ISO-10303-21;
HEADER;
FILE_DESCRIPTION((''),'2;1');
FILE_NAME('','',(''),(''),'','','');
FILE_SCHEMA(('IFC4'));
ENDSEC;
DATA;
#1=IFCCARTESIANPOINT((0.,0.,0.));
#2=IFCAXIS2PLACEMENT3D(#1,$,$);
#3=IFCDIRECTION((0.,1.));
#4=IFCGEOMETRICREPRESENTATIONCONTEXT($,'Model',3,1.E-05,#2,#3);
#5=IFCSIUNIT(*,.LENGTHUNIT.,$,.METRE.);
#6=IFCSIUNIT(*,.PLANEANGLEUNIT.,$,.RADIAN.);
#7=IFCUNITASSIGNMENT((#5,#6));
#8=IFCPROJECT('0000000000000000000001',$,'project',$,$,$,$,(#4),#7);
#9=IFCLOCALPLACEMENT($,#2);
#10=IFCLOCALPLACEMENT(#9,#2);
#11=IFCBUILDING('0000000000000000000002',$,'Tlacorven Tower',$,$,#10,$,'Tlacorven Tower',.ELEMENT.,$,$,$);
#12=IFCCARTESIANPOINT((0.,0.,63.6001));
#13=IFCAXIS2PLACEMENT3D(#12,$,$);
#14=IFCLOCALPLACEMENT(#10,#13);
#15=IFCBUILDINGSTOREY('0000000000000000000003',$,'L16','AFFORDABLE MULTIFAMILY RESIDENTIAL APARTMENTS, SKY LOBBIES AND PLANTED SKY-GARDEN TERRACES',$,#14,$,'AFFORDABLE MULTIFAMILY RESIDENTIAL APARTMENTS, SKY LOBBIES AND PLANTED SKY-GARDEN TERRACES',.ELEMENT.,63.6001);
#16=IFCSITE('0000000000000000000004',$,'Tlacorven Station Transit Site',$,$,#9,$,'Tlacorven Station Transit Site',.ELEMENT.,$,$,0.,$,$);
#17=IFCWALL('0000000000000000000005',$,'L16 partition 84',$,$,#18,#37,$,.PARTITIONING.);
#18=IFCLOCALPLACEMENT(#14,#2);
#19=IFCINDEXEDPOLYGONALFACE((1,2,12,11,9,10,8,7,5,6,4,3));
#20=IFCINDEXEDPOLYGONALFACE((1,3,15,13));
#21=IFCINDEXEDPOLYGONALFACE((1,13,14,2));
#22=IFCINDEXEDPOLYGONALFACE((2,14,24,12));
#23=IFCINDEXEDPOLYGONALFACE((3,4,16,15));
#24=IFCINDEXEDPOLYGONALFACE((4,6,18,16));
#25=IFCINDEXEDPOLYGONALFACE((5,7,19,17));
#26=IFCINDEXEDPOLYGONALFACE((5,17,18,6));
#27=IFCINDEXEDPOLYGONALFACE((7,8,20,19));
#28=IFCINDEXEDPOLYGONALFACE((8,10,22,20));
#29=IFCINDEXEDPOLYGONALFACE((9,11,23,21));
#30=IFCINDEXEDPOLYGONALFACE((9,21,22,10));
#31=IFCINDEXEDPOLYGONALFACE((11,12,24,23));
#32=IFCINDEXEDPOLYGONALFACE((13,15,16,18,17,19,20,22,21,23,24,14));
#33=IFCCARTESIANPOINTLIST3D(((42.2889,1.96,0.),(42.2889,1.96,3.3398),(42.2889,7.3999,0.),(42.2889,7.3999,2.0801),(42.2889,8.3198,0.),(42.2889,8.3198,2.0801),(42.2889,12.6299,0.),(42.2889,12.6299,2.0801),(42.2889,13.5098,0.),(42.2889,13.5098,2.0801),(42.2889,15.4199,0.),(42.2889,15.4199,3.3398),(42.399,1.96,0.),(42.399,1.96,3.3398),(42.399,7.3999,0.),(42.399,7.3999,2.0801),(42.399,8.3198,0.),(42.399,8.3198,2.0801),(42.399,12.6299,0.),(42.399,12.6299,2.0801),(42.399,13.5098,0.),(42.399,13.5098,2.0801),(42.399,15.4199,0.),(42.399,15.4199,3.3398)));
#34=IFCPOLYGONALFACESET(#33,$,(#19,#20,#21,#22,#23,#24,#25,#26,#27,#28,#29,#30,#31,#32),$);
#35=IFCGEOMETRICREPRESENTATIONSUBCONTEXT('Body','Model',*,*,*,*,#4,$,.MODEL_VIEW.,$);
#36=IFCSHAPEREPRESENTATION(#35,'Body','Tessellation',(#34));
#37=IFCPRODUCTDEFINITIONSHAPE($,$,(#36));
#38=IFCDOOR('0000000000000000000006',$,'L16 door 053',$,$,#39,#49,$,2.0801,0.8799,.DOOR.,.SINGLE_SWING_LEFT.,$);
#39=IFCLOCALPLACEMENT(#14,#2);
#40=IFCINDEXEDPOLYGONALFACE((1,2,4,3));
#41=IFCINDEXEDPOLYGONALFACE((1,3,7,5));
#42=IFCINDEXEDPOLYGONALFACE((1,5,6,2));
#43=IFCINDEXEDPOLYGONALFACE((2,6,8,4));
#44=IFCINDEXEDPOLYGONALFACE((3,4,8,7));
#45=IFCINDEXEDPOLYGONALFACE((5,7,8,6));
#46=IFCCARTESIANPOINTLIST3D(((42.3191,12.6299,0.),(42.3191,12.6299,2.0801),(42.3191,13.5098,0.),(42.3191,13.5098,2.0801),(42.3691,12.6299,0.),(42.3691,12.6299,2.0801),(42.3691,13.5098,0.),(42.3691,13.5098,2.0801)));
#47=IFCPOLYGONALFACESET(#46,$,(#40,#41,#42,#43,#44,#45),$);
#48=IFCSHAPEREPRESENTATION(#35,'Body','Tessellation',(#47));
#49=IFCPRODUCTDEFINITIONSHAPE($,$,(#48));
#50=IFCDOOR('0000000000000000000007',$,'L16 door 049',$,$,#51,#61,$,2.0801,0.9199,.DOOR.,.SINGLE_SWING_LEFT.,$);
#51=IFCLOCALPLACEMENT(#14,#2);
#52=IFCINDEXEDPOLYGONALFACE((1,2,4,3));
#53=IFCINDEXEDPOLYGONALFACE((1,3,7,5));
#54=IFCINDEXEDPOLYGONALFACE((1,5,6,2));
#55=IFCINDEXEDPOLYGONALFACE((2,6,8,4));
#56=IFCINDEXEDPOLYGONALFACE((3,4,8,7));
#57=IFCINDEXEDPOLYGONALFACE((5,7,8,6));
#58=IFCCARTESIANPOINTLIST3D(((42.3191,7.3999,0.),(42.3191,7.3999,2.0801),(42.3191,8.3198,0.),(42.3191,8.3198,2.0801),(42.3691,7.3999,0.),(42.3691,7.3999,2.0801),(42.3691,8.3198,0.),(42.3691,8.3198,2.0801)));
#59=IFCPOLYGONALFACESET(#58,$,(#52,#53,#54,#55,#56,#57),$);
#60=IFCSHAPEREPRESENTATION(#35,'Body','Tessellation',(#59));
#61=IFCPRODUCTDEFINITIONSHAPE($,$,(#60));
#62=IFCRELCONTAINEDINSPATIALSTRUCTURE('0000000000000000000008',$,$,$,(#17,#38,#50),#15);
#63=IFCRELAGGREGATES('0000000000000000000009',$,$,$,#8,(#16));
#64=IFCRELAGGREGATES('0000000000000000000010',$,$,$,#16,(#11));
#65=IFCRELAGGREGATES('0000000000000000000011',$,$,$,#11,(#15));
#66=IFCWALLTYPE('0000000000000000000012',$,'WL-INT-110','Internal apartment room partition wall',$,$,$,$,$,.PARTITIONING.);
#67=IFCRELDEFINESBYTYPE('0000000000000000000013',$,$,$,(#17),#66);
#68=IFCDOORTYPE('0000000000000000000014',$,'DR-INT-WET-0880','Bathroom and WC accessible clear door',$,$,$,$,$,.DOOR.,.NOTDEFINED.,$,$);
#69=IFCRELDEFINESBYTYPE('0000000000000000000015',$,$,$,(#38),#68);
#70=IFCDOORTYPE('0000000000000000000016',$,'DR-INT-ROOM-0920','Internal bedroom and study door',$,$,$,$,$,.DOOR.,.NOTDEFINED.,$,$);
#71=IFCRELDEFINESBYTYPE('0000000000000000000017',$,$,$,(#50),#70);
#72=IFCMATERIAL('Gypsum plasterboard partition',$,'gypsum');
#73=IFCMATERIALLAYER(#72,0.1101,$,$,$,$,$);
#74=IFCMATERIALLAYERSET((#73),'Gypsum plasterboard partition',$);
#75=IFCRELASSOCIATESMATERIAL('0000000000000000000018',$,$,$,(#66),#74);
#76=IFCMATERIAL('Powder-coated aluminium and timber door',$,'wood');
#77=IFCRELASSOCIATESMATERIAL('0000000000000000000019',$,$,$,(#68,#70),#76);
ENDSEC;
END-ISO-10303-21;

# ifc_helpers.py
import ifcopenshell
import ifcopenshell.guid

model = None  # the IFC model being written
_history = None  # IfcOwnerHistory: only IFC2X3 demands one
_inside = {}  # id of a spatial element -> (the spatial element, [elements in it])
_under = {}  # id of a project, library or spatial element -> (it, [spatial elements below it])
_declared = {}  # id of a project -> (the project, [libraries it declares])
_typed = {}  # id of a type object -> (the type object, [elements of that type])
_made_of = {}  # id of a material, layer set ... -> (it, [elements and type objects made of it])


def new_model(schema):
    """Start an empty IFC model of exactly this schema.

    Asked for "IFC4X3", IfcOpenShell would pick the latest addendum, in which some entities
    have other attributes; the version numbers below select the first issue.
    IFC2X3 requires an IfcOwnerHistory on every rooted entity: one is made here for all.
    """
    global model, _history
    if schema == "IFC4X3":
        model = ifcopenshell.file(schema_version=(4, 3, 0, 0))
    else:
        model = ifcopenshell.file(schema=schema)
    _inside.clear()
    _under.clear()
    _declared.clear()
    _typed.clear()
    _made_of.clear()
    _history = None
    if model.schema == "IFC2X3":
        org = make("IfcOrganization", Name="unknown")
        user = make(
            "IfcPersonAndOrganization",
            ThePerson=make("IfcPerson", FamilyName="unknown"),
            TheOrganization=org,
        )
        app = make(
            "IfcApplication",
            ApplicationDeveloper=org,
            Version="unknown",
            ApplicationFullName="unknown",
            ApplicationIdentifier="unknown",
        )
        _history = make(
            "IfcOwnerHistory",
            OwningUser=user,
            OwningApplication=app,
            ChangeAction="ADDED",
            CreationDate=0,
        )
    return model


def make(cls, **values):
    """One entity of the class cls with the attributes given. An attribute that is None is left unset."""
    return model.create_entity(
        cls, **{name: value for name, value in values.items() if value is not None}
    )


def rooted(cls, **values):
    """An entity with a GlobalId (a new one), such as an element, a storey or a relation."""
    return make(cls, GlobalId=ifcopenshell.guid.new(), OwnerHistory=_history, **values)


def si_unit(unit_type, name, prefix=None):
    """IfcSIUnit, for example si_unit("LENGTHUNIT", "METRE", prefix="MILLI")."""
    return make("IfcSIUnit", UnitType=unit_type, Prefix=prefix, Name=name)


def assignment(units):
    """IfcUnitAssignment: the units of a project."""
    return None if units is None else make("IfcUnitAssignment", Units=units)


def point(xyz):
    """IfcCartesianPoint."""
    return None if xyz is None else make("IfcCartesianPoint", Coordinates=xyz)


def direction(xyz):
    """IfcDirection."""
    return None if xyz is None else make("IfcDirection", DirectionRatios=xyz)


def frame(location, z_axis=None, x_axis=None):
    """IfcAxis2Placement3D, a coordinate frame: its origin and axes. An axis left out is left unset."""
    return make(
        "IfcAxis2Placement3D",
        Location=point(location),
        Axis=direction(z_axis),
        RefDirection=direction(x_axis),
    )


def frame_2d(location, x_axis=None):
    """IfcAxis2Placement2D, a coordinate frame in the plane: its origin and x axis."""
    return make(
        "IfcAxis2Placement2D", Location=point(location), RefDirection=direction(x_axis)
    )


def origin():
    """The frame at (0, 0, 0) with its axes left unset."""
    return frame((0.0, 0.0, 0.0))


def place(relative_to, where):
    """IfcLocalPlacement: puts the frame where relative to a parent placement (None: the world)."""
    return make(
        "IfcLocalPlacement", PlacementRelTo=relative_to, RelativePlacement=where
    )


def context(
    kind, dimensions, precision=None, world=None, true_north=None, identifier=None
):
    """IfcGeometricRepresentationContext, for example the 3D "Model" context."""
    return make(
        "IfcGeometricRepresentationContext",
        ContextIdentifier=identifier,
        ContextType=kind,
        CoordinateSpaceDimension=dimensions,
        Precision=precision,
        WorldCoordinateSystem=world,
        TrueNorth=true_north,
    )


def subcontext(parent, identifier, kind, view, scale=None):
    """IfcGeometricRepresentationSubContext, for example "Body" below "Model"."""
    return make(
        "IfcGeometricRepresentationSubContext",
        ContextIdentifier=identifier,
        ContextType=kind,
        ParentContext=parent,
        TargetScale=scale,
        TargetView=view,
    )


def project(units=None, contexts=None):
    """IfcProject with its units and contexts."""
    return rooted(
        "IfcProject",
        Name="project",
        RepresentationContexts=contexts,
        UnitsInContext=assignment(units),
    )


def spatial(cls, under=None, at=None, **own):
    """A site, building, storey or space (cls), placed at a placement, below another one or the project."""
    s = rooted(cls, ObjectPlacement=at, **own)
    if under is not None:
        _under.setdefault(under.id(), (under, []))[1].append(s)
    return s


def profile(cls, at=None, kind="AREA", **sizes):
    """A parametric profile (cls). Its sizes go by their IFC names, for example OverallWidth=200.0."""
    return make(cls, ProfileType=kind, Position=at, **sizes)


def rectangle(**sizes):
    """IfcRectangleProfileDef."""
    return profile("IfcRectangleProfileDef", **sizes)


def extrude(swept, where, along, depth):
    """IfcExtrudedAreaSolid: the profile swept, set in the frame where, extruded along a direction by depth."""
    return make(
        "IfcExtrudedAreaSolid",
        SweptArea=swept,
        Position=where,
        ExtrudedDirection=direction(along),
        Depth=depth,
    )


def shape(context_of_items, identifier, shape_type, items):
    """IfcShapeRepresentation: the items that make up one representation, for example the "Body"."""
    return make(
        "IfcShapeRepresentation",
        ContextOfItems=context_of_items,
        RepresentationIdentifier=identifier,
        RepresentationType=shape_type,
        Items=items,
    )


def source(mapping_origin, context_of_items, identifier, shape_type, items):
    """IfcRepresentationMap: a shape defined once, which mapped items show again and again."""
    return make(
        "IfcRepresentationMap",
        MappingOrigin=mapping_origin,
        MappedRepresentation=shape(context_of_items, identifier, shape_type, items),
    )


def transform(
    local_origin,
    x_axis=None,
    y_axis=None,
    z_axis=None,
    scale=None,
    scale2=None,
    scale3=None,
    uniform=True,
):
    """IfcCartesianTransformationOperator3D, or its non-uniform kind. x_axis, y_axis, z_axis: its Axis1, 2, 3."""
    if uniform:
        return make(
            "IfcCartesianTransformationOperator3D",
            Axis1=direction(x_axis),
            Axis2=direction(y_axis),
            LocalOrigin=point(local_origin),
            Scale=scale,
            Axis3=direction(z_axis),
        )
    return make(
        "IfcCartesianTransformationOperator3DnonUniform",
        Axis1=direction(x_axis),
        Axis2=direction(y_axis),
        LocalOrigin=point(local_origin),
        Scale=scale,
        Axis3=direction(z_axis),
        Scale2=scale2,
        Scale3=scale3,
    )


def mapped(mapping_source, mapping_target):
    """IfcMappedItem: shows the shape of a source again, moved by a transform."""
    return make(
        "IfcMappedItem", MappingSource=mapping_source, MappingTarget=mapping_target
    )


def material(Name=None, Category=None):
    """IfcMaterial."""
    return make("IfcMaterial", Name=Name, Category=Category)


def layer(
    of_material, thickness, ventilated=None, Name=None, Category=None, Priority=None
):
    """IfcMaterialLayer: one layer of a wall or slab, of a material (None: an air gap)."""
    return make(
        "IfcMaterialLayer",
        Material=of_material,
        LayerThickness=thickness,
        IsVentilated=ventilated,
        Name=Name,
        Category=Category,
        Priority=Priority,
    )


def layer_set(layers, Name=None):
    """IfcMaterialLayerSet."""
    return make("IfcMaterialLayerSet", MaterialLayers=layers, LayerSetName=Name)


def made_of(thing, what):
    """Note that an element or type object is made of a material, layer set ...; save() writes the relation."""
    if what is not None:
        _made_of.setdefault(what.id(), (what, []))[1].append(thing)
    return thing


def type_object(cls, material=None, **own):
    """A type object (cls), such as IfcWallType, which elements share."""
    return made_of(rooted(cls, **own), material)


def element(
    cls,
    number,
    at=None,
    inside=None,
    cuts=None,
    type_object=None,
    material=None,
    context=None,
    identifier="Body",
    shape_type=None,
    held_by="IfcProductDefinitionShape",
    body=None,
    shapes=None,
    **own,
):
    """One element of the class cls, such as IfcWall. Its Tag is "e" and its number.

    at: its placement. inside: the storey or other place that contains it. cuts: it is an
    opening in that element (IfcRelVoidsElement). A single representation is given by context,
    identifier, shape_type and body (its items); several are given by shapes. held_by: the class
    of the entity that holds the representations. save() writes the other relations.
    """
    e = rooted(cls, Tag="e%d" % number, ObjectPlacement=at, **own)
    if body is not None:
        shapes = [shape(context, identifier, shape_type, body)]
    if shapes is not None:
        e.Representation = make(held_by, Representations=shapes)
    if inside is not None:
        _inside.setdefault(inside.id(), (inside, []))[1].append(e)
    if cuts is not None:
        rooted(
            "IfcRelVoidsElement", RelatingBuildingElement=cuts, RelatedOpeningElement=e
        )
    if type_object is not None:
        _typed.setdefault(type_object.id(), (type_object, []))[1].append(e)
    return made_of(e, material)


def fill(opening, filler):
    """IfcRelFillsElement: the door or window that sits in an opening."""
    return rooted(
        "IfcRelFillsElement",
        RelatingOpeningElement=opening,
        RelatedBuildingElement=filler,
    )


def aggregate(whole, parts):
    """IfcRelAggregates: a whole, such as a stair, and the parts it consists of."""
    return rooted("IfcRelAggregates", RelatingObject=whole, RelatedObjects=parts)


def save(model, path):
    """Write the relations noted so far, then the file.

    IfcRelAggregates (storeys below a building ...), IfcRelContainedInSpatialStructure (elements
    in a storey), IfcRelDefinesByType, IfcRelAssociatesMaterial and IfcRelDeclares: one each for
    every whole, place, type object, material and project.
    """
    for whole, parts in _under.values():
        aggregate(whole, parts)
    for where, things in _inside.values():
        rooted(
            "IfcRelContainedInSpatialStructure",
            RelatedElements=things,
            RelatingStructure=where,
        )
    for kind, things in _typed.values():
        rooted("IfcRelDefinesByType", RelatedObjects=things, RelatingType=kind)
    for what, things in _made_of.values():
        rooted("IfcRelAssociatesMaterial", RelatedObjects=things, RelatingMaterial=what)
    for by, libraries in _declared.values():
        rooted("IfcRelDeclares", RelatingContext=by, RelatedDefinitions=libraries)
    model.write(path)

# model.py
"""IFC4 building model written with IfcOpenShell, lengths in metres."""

from ifc_helpers import new_model, si_unit, direction, frame, frame_2d, origin, place, context, subcontext, project, spatial, rectangle, extrude, source, transform, mapped, material, layer, layer_set, type_object, element, fill, save


model = new_model("IFC4")

# Units and contexts
model_context = context("Model", 3, precision=1e-05, world=origin(), true_north=direction((0.0, 1.0)))
body_context = subcontext(model_context, "Body", "Model", "MODEL_VIEW")
ifc_project = project(units=[si_unit("LENGTHUNIT", "METRE"), si_unit("PLANEANGLEUNIT", "RADIAN")], contexts=[model_context])

# Site, building, storey
site_placement = place(None, origin())
site = spatial("IfcSite", under=ifc_project, at=site_placement, Name="Tlacorven Station Transit Site", LongName="Tlacorven Station Transit Site", CompositionType="ELEMENT", RefElevation=0.0)
building_placement = place(site_placement, origin())
building = spatial("IfcBuilding", under=site, at=building_placement, Name="Tlacorven Tower", LongName="Tlacorven Tower", CompositionType="ELEMENT")
storey_placement = place(building_placement, frame((0.0, 0.0, 63.6001)))
storey = spatial("IfcBuildingStorey", under=building, at=storey_placement, Name="L16", Description="AFFORDABLE MULTIFAMILY RESIDENTIAL APARTMENTS, SKY LOBBIES AND PLANTED SKY-GARDEN TERRACES", LongName="AFFORDABLE MULTIFAMILY RESIDENTIAL APARTMENTS, SKY LOBBIES AND PLANTED SKY-GARDEN TERRACES", CompositionType="ELEMENT", Elevation=63.6001)

# Wall, openings, doors
ifc_material_1 = material(Name="Gypsum plasterboard partition", Category="gypsum")
ifc_layer_1 = layer(ifc_material_1, 0.1101)
ifc_layer_set_1 = layer_set([ifc_layer_1], Name="Gypsum plasterboard partition")
wall_type = type_object("IfcWallType", Name="WL-INT-110", Description="Internal apartment room partition wall", PredefinedType="PARTITIONING", material=ifc_layer_set_1)
wall_placement = place(storey_placement, frame((42.344, 1.96, 0.0), z_axis=(0.0, 0.0, 1.0), x_axis=(0.0, 1.0, 0.0)))
wall = element("IfcWall", 1, at=wall_placement, inside=storey, type_object=wall_type, Name="L16 partition 84", PredefinedType="PARTITIONING", context=body_context, shape_type="SweptSolid", body=[
    extrude(rectangle(XDim=13.46, YDim=0.1101, at=frame_2d((6.73, 0.0))), origin(), (0.0, 0.0, 1.0), 3.3398),
])
opening_1_placement = place(wall_placement, frame((5.4399, 0.0, 0.0)))
opening_1 = element("IfcOpeningElement", 2, at=opening_1_placement, cuts=wall, PredefinedType="OPENING", context=body_context, shape_type="SweptSolid", body=[
    extrude(rectangle(XDim=0.9199, YDim=2.0801, at=frame_2d((0.46, 1.04))), frame((0.0, 0.0649, 0.0), z_axis=(0.0, -1.0, 0.0), x_axis=(1.0, 0.0, 0.0)), (0.0, 0.0, 1.0), 0.1301),
])
opening_2_placement = place(wall_placement, frame((10.6699, 0.0, 0.0)))
opening_2 = element("IfcOpeningElement", 3, at=opening_2_placement, cuts=wall, PredefinedType="OPENING", context=body_context, shape_type="SweptSolid", body=[
    extrude(rectangle(XDim=0.8799, YDim=2.0801, at=frame_2d((0.4399, 1.04))), frame((0.0, 0.0649, 0.0), z_axis=(0.0, -1.0, 0.0), x_axis=(1.0, 0.0, 0.0)), (0.0, 0.0, 1.0), 0.1301),
])
ifc_material_2 = material(Name="Powder-coated aluminium and timber door", Category="wood")
door_type_1 = type_object("IfcDoorType", Name="DR-INT-WET-0880", Description="Bathroom and WC accessible clear door", OperationType="NOTDEFINED", PredefinedType="DOOR", material=ifc_material_2)
shared_shape_1 = source(origin(), body_context, "Body", "SweptSolid", [
    extrude(rectangle(XDim=0.8799, YDim=2.0801, at=frame_2d((0.4399, 1.04))), frame((0.0, 0.0249, 0.0), z_axis=(0.0, -1.0, 0.0), x_axis=(1.0, 0.0, 0.0)), (0.0, 0.0, 1.0), 0.05),
])
door_1_placement = place(opening_2_placement, origin())
door_1 = element("IfcDoor", 4, at=door_1_placement, inside=storey, type_object=door_type_1, Name="L16 door 053", OperationType="SINGLE_SWING_LEFT", OverallHeight=2.0801, OverallWidth=0.8799, PredefinedType="DOOR", context=body_context, shape_type="MappedRepresentation", body=[
    mapped(shared_shape_1, transform((0.0, 0.0, 0.0), scale=1.0)),
])
fill(opening_2, door_1)
door_type_2 = type_object("IfcDoorType", Name="DR-INT-ROOM-0920", Description="Internal bedroom and study door", OperationType="NOTDEFINED", PredefinedType="DOOR", material=ifc_material_2)
shared_shape_2 = source(origin(), body_context, "Body", "SweptSolid", [
    extrude(rectangle(XDim=0.9199, YDim=2.0801, at=frame_2d((0.46, 1.04))), frame((0.0, 0.0249, 0.0), z_axis=(0.0, -1.0, 0.0), x_axis=(1.0, 0.0, 0.0)), (0.0, 0.0, 1.0), 0.05),
])
door_2_placement = place(opening_1_placement, origin())
door_2 = element("IfcDoor", 5, at=door_2_placement, inside=storey, type_object=door_type_2, Name="L16 door 049", OperationType="SINGLE_SWING_LEFT", OverallHeight=2.0801, OverallWidth=0.9199, PredefinedType="DOOR", context=body_context, shape_type="MappedRepresentation", body=[
    mapped(shared_shape_2, transform((0.0, 0.0, 0.0), scale=1.0)),
])
fill(opening_1, door_2)

save(model, "model.ifc")
